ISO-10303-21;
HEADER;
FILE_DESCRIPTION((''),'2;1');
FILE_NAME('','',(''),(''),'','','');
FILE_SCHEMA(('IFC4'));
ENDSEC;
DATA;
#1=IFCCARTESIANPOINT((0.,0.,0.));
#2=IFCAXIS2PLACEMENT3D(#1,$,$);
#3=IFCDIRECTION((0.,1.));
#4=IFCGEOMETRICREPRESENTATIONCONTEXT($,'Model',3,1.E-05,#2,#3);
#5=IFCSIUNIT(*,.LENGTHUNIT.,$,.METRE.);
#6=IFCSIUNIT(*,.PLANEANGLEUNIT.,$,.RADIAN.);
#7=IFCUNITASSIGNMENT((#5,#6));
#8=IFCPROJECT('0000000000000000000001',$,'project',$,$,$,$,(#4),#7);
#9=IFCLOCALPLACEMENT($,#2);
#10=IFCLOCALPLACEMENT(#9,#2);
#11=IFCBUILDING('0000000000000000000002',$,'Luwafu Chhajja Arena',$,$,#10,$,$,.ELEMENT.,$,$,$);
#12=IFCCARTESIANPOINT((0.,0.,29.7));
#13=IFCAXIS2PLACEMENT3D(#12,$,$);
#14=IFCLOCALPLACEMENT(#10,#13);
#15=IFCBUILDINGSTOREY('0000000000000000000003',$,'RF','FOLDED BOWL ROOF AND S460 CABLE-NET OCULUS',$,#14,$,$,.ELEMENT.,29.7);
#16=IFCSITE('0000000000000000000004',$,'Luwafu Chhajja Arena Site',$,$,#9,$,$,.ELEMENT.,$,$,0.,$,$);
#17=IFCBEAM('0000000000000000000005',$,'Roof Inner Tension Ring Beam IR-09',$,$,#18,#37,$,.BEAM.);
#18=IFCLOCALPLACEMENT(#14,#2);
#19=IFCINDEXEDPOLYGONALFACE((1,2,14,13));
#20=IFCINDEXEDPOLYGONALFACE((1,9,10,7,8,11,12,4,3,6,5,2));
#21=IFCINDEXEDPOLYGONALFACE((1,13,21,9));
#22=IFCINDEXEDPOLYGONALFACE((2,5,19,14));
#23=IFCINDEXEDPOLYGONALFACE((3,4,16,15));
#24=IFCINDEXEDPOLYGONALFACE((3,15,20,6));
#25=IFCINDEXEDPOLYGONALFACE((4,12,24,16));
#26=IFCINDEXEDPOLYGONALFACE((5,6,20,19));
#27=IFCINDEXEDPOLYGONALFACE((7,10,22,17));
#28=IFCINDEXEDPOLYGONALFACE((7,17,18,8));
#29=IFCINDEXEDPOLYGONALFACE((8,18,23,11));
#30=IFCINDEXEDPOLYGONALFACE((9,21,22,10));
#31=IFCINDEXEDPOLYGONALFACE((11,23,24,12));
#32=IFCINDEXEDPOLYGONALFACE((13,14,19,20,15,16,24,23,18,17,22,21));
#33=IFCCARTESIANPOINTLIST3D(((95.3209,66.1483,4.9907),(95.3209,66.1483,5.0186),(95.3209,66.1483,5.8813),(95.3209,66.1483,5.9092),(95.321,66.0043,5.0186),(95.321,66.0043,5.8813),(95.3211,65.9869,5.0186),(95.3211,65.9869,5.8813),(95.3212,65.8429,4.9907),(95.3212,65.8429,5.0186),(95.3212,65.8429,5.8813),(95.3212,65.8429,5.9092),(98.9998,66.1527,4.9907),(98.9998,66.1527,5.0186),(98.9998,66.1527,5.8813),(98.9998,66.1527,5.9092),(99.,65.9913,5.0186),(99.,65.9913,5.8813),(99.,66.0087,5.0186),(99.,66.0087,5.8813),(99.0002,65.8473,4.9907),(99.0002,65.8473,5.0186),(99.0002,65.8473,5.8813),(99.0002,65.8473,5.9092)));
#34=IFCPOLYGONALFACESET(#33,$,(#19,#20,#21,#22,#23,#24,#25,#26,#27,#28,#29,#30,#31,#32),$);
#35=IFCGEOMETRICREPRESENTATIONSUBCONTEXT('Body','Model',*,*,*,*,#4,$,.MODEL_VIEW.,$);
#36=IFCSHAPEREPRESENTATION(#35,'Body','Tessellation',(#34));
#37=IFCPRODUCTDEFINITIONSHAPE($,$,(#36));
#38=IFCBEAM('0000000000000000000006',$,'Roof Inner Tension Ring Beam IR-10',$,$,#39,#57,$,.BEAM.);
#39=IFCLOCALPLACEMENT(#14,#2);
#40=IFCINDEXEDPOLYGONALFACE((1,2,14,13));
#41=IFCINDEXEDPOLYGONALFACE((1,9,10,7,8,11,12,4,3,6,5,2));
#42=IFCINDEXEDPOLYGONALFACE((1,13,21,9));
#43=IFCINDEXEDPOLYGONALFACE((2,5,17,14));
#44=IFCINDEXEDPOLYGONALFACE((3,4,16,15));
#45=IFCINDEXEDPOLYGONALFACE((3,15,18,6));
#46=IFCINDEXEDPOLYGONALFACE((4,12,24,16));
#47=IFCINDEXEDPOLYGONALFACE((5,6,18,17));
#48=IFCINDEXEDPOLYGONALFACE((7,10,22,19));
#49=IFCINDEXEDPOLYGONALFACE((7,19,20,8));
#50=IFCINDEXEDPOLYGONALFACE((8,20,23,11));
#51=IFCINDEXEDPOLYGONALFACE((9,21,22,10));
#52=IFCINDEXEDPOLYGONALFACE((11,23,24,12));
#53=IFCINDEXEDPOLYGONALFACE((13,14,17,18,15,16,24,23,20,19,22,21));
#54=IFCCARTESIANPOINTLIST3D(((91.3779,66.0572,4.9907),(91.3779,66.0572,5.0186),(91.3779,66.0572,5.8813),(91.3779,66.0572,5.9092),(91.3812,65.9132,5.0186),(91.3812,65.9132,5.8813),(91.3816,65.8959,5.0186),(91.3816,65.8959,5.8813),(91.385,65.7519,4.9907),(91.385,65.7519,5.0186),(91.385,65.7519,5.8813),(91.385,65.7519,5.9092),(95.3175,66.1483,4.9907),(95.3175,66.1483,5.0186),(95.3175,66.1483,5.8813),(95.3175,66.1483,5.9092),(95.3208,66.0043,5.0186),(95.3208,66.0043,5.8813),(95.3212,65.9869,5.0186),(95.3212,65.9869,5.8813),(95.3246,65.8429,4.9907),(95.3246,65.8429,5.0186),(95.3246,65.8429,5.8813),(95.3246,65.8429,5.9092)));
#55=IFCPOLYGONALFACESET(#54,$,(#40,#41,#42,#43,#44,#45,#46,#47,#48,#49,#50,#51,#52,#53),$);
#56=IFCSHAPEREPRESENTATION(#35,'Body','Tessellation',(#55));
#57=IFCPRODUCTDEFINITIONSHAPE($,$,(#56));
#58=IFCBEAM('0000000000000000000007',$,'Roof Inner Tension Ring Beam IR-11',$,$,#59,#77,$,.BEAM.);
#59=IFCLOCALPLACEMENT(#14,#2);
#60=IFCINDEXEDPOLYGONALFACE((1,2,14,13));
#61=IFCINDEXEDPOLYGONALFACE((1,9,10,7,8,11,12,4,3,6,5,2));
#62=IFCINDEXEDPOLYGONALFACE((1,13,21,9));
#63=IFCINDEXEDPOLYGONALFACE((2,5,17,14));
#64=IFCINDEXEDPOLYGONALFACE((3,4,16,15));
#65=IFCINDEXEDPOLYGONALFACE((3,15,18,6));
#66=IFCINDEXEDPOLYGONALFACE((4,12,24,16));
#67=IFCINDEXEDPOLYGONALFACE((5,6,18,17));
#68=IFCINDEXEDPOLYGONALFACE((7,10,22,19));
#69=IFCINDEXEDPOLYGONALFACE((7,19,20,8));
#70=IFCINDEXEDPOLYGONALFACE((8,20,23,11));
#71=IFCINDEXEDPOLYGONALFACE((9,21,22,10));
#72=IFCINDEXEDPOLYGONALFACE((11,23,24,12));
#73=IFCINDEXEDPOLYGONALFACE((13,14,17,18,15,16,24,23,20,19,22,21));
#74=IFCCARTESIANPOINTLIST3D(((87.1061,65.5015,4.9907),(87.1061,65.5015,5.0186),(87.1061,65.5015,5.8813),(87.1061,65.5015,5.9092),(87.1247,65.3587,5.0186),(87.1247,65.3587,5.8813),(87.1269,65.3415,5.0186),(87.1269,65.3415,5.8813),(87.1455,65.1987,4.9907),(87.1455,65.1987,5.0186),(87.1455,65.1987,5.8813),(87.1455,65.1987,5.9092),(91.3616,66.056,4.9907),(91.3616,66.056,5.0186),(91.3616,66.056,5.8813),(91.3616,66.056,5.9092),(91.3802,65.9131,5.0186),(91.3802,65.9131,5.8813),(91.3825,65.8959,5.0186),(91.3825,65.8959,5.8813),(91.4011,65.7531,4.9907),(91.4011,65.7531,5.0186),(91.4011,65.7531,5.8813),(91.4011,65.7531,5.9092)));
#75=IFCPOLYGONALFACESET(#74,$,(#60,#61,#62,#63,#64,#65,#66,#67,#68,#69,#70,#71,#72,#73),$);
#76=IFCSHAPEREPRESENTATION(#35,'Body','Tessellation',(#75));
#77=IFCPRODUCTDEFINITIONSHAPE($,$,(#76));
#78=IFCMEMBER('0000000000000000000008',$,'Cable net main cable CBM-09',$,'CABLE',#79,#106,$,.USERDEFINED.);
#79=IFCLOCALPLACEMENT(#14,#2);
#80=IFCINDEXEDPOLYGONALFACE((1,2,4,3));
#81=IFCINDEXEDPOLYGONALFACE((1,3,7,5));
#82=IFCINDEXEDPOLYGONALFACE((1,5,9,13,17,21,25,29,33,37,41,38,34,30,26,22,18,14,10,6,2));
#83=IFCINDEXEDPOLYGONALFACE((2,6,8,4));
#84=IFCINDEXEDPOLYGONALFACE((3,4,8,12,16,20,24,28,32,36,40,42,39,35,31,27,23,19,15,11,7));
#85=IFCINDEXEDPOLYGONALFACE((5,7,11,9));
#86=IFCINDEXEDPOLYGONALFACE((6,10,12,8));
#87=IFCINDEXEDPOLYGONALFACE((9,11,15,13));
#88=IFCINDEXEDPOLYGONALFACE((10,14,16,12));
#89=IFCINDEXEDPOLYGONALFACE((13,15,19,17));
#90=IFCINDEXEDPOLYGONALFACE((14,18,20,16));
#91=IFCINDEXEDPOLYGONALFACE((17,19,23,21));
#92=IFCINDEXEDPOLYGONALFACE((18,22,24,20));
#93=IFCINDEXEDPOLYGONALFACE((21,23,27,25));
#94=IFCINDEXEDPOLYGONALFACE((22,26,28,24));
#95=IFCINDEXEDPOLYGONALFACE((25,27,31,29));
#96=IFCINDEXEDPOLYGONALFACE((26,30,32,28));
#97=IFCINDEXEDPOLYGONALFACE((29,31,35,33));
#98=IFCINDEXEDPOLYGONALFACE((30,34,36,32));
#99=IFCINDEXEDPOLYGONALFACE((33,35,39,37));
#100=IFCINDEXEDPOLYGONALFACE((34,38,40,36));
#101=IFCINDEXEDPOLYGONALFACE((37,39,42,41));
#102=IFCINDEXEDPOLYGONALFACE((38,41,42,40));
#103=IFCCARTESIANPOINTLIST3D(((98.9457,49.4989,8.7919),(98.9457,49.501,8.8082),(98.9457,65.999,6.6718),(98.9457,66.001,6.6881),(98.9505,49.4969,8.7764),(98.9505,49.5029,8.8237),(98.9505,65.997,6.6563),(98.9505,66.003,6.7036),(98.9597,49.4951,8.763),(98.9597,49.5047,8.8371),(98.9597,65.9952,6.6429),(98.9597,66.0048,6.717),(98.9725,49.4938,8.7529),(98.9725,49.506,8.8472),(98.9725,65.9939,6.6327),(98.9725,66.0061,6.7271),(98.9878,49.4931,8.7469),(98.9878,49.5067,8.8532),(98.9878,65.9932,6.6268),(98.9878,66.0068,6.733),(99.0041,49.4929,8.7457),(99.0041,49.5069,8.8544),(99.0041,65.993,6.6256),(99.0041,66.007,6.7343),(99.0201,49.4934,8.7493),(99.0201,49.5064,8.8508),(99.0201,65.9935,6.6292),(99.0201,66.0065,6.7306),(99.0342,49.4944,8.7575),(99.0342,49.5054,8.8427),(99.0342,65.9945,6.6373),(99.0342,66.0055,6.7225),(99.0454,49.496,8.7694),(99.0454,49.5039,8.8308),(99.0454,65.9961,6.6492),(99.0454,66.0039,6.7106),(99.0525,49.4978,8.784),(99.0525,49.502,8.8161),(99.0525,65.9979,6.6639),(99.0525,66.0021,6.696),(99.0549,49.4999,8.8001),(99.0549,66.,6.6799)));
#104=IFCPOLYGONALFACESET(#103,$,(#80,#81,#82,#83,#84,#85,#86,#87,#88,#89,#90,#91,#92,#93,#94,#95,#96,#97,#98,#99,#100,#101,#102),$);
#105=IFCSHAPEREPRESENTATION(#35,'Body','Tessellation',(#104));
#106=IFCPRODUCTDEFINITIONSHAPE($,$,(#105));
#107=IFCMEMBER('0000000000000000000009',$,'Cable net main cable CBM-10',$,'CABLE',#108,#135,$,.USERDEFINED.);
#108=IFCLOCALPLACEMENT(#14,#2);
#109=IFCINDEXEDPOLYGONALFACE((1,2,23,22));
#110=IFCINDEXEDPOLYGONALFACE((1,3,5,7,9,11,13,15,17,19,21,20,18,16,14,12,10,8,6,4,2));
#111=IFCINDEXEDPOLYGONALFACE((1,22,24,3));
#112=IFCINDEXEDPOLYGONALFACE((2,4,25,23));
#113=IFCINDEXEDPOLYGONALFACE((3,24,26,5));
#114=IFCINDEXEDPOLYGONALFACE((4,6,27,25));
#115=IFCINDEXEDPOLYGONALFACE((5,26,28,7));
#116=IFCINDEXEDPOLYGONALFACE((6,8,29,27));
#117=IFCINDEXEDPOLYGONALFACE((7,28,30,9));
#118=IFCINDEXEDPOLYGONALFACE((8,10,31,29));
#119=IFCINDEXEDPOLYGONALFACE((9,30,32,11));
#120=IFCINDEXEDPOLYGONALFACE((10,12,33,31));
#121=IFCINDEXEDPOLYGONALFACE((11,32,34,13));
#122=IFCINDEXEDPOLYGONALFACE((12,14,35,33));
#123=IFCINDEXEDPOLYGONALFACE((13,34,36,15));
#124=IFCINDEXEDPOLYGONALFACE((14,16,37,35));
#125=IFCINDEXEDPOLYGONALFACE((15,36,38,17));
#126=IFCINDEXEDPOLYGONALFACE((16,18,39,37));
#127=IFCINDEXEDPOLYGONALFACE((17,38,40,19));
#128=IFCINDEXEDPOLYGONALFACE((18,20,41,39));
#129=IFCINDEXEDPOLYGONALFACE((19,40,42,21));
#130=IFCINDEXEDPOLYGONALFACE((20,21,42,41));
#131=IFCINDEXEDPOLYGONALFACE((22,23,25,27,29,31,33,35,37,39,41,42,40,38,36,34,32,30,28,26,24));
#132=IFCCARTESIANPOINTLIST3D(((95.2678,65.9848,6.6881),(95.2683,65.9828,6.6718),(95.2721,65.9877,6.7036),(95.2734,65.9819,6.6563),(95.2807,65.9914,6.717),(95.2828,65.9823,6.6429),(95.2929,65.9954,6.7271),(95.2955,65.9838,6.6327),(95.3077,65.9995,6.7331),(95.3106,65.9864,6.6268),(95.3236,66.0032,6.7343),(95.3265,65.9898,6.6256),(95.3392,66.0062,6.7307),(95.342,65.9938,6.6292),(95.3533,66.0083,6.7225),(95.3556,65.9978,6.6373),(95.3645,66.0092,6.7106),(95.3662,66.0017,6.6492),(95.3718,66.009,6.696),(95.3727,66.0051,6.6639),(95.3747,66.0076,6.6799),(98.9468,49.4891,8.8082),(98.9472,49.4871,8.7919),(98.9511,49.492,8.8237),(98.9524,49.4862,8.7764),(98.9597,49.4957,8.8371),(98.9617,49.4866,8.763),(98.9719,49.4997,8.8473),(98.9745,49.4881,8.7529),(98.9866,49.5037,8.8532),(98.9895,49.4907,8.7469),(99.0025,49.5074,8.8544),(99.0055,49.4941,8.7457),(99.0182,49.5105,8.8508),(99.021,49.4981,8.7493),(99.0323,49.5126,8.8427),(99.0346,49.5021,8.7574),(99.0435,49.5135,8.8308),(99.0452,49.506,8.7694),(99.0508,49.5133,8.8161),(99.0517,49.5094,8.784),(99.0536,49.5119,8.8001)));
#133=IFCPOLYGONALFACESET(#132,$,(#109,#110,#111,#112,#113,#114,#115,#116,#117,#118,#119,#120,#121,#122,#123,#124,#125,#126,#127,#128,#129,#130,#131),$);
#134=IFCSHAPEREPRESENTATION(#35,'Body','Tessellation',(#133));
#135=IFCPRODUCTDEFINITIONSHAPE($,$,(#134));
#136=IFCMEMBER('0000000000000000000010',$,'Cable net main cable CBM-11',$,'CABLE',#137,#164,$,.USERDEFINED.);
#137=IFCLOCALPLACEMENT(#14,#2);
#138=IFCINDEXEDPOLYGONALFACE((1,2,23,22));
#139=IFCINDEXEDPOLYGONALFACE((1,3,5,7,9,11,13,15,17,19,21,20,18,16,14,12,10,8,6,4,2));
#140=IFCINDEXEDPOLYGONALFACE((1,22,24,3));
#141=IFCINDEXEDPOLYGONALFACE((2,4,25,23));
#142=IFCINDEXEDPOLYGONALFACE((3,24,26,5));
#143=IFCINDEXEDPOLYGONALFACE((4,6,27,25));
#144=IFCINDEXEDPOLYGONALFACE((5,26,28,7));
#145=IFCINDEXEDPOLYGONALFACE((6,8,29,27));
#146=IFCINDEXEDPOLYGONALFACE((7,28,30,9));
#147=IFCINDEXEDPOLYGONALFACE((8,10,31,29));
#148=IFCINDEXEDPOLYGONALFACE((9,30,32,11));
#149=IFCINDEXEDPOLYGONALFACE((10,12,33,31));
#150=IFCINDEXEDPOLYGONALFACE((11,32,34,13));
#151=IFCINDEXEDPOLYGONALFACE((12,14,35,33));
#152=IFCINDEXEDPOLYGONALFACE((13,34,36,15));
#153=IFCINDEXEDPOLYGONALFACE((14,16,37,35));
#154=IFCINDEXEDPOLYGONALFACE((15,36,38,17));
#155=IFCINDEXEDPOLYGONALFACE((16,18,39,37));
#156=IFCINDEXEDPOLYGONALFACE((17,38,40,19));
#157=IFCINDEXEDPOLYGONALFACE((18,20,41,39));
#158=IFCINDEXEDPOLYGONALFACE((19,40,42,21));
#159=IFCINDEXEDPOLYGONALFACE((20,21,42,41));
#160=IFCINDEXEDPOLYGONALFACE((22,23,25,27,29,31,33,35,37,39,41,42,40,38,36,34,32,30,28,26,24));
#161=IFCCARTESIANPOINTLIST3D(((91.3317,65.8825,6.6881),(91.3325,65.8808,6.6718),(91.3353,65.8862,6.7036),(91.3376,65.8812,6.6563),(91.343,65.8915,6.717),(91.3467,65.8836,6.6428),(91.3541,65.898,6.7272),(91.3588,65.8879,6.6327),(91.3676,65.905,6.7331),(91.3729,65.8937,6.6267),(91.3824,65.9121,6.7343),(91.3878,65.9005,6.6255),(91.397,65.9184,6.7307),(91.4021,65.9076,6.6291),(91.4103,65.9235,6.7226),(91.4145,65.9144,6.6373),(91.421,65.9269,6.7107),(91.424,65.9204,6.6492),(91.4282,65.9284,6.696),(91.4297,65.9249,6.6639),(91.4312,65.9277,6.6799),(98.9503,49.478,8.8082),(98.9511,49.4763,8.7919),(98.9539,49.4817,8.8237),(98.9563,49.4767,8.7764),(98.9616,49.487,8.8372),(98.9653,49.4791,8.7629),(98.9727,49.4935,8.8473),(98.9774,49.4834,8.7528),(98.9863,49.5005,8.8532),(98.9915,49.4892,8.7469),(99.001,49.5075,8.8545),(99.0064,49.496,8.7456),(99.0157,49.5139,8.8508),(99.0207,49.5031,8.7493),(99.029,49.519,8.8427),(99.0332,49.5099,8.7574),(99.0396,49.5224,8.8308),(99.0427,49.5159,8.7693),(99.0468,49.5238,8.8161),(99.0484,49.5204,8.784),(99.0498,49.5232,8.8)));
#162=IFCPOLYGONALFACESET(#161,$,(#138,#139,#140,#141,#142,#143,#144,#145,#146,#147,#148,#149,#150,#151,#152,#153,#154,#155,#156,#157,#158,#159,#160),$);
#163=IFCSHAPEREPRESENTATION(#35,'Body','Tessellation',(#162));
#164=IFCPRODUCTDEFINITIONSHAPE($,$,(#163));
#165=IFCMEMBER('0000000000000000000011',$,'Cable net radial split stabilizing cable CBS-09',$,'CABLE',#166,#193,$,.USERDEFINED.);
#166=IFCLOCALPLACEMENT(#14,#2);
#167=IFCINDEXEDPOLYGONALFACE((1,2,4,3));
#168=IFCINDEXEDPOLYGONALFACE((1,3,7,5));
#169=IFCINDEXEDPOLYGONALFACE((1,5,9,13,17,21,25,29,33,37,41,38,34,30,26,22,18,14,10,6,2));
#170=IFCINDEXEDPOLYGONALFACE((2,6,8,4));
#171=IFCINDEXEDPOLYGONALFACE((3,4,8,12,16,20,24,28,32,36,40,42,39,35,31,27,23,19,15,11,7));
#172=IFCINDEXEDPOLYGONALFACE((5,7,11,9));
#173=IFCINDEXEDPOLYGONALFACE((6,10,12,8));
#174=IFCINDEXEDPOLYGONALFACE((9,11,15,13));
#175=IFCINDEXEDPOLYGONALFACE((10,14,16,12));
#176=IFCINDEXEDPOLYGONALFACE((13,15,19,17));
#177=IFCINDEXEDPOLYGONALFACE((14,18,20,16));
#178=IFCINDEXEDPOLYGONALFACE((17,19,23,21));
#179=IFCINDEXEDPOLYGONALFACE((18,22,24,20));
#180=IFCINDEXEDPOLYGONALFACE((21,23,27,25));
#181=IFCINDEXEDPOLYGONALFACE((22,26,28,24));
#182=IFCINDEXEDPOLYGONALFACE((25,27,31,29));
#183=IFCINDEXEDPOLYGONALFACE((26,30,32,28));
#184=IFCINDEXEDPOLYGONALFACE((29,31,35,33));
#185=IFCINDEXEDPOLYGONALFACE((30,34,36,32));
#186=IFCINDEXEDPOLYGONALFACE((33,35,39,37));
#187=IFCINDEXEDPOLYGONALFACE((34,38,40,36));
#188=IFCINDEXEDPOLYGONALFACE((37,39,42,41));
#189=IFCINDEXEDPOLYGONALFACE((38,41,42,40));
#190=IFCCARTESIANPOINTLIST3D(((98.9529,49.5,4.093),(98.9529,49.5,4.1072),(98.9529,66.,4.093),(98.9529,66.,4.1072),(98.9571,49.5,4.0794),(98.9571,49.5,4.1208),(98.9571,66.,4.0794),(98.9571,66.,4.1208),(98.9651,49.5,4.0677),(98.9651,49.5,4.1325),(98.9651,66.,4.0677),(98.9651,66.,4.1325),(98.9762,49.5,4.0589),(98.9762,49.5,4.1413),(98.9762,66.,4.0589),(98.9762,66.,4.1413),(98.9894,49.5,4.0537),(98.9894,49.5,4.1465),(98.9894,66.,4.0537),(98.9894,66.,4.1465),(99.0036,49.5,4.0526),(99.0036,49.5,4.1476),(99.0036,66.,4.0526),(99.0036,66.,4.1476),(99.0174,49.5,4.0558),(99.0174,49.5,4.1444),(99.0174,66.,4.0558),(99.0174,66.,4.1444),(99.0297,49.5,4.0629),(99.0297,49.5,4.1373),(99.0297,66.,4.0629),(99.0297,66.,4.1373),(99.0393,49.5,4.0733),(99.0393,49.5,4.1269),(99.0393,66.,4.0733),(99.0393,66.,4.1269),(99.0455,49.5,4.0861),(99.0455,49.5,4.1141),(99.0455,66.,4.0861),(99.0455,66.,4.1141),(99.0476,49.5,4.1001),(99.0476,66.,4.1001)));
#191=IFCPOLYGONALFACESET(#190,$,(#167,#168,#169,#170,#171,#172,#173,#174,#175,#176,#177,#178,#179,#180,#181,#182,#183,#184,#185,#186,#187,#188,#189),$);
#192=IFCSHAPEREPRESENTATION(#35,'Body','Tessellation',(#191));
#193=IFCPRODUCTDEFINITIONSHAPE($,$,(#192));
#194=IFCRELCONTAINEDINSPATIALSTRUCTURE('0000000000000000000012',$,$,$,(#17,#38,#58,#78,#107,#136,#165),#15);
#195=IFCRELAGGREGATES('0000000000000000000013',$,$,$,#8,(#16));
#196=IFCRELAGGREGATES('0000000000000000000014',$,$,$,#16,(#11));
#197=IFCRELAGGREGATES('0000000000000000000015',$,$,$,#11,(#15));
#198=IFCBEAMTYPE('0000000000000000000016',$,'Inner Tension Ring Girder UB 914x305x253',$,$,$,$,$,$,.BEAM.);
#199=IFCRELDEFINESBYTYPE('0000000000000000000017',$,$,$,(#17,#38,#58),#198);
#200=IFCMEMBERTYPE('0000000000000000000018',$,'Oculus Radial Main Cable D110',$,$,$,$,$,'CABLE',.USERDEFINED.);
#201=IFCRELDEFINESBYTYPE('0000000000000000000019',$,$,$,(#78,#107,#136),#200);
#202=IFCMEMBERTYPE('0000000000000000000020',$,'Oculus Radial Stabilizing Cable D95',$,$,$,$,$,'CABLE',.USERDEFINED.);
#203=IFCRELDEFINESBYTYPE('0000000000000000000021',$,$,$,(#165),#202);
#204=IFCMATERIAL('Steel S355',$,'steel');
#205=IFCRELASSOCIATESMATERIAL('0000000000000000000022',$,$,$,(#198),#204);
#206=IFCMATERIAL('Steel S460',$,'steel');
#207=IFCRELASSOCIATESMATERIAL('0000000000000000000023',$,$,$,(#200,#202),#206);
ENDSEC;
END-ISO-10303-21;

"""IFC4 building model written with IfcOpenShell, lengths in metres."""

from ifc_helpers import new_model, si_unit, direction, frame, origin, origin_2d, place, context, subcontext, project, spatial, circle, i_section, extrude, material, material_profile, profile_set, type_object, element, save


model = new_model("IFC4")

# Units and contexts
model_context = context("Model", 3, precision=1e-05, world=origin(), true_north=direction((0.0, 1.0)))
body_context = subcontext(model_context, "Body", "Model", "MODEL_VIEW")
ifc_project = project(units=[si_unit("LENGTHUNIT", "METRE"), si_unit("PLANEANGLEUNIT", "RADIAN")], contexts=[model_context])

# Site, building, storey
site_placement = place(None, origin())
site = spatial("IfcSite", under=ifc_project, at=site_placement, Name="Luwafu Chhajja Arena Site", CompositionType="ELEMENT", RefElevation=0.0)
building_placement = place(site_placement, origin())
building = spatial("IfcBuilding", under=site, at=building_placement, Name="Luwafu Chhajja Arena", CompositionType="ELEMENT")
storey_placement = place(building_placement, frame((0.0, 0.0, 29.7)))
storey = spatial("IfcBuildingStorey", under=building, at=storey_placement, Name="RF", Description="FOLDED BOWL ROOF AND S460 CABLE-NET OCULUS", CompositionType="ELEMENT", Elevation=29.7)

# Shared definitions
ifc_material_1 = material(Name="Steel S355", Category="steel")

# Beams
ifc_material_profile_1 = material_profile(ifc_material_1, i_section(OverallWidth=0.3054, OverallDepth=0.9185, WebThickness=0.0173, FlangeThickness=0.0278, at=origin_2d()), Name="UB 914x305x253")
ifc_profile_set_1 = profile_set([ifc_material_profile_1], Name="Steel S355")
beam_type_1 = type_object("IfcBeamType", Name="Inner Tension Ring Girder UB 914x305x253", PredefinedType="BEAM", material=ifc_profile_set_1)
beam_1_placement = place(storey_placement, frame((99.0, 66.0, 5.45), z_axis=(-0.999999, -0.001195, 0.0), x_axis=(0.001195, -0.999999, 0.0)))
element("IfcBeam", 1, at=beam_1_placement, inside=storey, type_object=beam_type_1, Name="Roof Inner Tension Ring Beam IR-09", PredefinedType="BEAM", context=body_context, shape_type="SweptSolid", body=[
    extrude(i_section(OverallWidth=0.3054, OverallDepth=0.9185, WebThickness=0.0173, FlangeThickness=0.0278, at=origin_2d()), origin(), (0.0, 0.0, 1.0), 3.679),
])
beam_2_placement = place(storey_placement, frame((95.321, 65.9956, 5.45), z_axis=(-0.999733, -0.023108, 0.0), x_axis=(0.023108, -0.999733, 0.0)))
element("IfcBeam", 2, at=beam_2_placement, inside=storey, type_object=beam_type_1, Name="Roof Inner Tension Ring Beam IR-10", PredefinedType="BEAM", context=body_context, shape_type="SweptSolid", body=[
    extrude(i_section(OverallWidth=0.3054, OverallDepth=0.9185, WebThickness=0.0173, FlangeThickness=0.0278, at=origin_2d()), origin(), (0.0, 0.0, 1.0), 3.9407),
])
beam_3_placement = place(storey_placement, frame((91.3813, 65.9045, 5.45), z_axis=(-0.991619, -0.129193, 0.0), x_axis=(0.129193, -0.991619, 0.0)))
element("IfcBeam", 3, at=beam_3_placement, inside=storey, type_object=beam_type_1, Name="Roof Inner Tension Ring Beam IR-11", PredefinedType="BEAM", context=body_context, shape_type="SweptSolid", body=[
    extrude(i_section(OverallWidth=0.3054, OverallDepth=0.9185, WebThickness=0.0173, FlangeThickness=0.0278, at=origin_2d()), origin(), (0.0, 0.0, 1.0), 4.2915),
])

# Members
ifc_material_2 = material(Name="Steel S460", Category="steel")
ifc_material_profile_2 = material_profile(ifc_material_2, circle(Radius=0.0549, at=origin_2d()), Name="CABLE D110")
ifc_profile_set_2 = profile_set([ifc_material_profile_2], Name="Steel S460")
member_type_1 = type_object("IfcMemberType", Name="Oculus Radial Main Cable D110", ElementType="CABLE", PredefinedType="USERDEFINED", material=ifc_profile_set_2)
member_1_placement = place(storey_placement, frame((99.0, 66.0, 6.6799), z_axis=(0.0, -0.991846, 0.127444), x_axis=(1.0, 0.0, 0.0)))
element("IfcMember", 4, at=member_1_placement, inside=storey, type_object=member_type_1, Name="Cable net main cable CBM-09", ObjectType="CABLE", PredefinedType="USERDEFINED", context=body_context, shape_type="SweptSolid", body=[
    extrude(circle(Radius=0.0549, at=origin_2d()), origin(), (0.0, 0.0, 1.0), 16.6357),
])
member_2_placement = place(storey_placement, frame((95.321, 65.9956, 6.6799), z_axis=(0.215986, -0.968431, 0.124469), x_axis=(0.976021, 0.217678, 0.0)))
element("IfcMember", 5, at=member_2_placement, inside=storey, type_object=member_type_1, Name="Cable net main cable CBM-10", ObjectType="CABLE", PredefinedType="USERDEFINED", context=body_context, shape_type="SweptSolid", body=[
    extrude(circle(Radius=0.0549, at=origin_2d()), origin(), (0.0, 0.0, 1.0), 17.0334),
])
member_3_placement = place(storey_placement, frame((91.3813, 65.9045, 6.6799), z_axis=(0.41835, -0.900794, 0.116418), x_axis=(0.906961, 0.421214, 0.0)))
element("IfcMember", 6, at=member_3_placement, inside=storey, type_object=member_type_1, Name="Cable net main cable CBM-11", ObjectType="CABLE", PredefinedType="USERDEFINED", context=body_context, shape_type="SweptSolid", body=[
    extrude(circle(Radius=0.0549, at=origin_2d()), origin(), (0.0, 0.0, 1.0), 18.2112),
])
ifc_material_profile_3 = material_profile(ifc_material_2, circle(Radius=0.0476, at=origin_2d()), Name="CABLE D95")
ifc_profile_set_3 = profile_set([ifc_material_profile_3], Name="Steel S460")
member_type_2 = type_object("IfcMemberType", Name="Oculus Radial Stabilizing Cable D95", ElementType="CABLE", PredefinedType="USERDEFINED", material=ifc_profile_set_3)
member_4_placement = place(storey_placement, frame((99.0, 66.0, 4.1001), z_axis=(0.0, -1.0, 0.0), x_axis=(1.0, 0.0, 0.0)))
element("IfcMember", 7, at=member_4_placement, inside=storey, type_object=member_type_2, Name="Cable net radial split stabilizing cable CBS-09", ObjectType="CABLE", PredefinedType="USERDEFINED", context=body_context, shape_type="SweptSolid", body=[
    extrude(circle(Radius=0.0476, at=origin_2d()), origin(), (0.0, 0.0, 1.0), 16.5),
])

save(model, "model.ifc")
